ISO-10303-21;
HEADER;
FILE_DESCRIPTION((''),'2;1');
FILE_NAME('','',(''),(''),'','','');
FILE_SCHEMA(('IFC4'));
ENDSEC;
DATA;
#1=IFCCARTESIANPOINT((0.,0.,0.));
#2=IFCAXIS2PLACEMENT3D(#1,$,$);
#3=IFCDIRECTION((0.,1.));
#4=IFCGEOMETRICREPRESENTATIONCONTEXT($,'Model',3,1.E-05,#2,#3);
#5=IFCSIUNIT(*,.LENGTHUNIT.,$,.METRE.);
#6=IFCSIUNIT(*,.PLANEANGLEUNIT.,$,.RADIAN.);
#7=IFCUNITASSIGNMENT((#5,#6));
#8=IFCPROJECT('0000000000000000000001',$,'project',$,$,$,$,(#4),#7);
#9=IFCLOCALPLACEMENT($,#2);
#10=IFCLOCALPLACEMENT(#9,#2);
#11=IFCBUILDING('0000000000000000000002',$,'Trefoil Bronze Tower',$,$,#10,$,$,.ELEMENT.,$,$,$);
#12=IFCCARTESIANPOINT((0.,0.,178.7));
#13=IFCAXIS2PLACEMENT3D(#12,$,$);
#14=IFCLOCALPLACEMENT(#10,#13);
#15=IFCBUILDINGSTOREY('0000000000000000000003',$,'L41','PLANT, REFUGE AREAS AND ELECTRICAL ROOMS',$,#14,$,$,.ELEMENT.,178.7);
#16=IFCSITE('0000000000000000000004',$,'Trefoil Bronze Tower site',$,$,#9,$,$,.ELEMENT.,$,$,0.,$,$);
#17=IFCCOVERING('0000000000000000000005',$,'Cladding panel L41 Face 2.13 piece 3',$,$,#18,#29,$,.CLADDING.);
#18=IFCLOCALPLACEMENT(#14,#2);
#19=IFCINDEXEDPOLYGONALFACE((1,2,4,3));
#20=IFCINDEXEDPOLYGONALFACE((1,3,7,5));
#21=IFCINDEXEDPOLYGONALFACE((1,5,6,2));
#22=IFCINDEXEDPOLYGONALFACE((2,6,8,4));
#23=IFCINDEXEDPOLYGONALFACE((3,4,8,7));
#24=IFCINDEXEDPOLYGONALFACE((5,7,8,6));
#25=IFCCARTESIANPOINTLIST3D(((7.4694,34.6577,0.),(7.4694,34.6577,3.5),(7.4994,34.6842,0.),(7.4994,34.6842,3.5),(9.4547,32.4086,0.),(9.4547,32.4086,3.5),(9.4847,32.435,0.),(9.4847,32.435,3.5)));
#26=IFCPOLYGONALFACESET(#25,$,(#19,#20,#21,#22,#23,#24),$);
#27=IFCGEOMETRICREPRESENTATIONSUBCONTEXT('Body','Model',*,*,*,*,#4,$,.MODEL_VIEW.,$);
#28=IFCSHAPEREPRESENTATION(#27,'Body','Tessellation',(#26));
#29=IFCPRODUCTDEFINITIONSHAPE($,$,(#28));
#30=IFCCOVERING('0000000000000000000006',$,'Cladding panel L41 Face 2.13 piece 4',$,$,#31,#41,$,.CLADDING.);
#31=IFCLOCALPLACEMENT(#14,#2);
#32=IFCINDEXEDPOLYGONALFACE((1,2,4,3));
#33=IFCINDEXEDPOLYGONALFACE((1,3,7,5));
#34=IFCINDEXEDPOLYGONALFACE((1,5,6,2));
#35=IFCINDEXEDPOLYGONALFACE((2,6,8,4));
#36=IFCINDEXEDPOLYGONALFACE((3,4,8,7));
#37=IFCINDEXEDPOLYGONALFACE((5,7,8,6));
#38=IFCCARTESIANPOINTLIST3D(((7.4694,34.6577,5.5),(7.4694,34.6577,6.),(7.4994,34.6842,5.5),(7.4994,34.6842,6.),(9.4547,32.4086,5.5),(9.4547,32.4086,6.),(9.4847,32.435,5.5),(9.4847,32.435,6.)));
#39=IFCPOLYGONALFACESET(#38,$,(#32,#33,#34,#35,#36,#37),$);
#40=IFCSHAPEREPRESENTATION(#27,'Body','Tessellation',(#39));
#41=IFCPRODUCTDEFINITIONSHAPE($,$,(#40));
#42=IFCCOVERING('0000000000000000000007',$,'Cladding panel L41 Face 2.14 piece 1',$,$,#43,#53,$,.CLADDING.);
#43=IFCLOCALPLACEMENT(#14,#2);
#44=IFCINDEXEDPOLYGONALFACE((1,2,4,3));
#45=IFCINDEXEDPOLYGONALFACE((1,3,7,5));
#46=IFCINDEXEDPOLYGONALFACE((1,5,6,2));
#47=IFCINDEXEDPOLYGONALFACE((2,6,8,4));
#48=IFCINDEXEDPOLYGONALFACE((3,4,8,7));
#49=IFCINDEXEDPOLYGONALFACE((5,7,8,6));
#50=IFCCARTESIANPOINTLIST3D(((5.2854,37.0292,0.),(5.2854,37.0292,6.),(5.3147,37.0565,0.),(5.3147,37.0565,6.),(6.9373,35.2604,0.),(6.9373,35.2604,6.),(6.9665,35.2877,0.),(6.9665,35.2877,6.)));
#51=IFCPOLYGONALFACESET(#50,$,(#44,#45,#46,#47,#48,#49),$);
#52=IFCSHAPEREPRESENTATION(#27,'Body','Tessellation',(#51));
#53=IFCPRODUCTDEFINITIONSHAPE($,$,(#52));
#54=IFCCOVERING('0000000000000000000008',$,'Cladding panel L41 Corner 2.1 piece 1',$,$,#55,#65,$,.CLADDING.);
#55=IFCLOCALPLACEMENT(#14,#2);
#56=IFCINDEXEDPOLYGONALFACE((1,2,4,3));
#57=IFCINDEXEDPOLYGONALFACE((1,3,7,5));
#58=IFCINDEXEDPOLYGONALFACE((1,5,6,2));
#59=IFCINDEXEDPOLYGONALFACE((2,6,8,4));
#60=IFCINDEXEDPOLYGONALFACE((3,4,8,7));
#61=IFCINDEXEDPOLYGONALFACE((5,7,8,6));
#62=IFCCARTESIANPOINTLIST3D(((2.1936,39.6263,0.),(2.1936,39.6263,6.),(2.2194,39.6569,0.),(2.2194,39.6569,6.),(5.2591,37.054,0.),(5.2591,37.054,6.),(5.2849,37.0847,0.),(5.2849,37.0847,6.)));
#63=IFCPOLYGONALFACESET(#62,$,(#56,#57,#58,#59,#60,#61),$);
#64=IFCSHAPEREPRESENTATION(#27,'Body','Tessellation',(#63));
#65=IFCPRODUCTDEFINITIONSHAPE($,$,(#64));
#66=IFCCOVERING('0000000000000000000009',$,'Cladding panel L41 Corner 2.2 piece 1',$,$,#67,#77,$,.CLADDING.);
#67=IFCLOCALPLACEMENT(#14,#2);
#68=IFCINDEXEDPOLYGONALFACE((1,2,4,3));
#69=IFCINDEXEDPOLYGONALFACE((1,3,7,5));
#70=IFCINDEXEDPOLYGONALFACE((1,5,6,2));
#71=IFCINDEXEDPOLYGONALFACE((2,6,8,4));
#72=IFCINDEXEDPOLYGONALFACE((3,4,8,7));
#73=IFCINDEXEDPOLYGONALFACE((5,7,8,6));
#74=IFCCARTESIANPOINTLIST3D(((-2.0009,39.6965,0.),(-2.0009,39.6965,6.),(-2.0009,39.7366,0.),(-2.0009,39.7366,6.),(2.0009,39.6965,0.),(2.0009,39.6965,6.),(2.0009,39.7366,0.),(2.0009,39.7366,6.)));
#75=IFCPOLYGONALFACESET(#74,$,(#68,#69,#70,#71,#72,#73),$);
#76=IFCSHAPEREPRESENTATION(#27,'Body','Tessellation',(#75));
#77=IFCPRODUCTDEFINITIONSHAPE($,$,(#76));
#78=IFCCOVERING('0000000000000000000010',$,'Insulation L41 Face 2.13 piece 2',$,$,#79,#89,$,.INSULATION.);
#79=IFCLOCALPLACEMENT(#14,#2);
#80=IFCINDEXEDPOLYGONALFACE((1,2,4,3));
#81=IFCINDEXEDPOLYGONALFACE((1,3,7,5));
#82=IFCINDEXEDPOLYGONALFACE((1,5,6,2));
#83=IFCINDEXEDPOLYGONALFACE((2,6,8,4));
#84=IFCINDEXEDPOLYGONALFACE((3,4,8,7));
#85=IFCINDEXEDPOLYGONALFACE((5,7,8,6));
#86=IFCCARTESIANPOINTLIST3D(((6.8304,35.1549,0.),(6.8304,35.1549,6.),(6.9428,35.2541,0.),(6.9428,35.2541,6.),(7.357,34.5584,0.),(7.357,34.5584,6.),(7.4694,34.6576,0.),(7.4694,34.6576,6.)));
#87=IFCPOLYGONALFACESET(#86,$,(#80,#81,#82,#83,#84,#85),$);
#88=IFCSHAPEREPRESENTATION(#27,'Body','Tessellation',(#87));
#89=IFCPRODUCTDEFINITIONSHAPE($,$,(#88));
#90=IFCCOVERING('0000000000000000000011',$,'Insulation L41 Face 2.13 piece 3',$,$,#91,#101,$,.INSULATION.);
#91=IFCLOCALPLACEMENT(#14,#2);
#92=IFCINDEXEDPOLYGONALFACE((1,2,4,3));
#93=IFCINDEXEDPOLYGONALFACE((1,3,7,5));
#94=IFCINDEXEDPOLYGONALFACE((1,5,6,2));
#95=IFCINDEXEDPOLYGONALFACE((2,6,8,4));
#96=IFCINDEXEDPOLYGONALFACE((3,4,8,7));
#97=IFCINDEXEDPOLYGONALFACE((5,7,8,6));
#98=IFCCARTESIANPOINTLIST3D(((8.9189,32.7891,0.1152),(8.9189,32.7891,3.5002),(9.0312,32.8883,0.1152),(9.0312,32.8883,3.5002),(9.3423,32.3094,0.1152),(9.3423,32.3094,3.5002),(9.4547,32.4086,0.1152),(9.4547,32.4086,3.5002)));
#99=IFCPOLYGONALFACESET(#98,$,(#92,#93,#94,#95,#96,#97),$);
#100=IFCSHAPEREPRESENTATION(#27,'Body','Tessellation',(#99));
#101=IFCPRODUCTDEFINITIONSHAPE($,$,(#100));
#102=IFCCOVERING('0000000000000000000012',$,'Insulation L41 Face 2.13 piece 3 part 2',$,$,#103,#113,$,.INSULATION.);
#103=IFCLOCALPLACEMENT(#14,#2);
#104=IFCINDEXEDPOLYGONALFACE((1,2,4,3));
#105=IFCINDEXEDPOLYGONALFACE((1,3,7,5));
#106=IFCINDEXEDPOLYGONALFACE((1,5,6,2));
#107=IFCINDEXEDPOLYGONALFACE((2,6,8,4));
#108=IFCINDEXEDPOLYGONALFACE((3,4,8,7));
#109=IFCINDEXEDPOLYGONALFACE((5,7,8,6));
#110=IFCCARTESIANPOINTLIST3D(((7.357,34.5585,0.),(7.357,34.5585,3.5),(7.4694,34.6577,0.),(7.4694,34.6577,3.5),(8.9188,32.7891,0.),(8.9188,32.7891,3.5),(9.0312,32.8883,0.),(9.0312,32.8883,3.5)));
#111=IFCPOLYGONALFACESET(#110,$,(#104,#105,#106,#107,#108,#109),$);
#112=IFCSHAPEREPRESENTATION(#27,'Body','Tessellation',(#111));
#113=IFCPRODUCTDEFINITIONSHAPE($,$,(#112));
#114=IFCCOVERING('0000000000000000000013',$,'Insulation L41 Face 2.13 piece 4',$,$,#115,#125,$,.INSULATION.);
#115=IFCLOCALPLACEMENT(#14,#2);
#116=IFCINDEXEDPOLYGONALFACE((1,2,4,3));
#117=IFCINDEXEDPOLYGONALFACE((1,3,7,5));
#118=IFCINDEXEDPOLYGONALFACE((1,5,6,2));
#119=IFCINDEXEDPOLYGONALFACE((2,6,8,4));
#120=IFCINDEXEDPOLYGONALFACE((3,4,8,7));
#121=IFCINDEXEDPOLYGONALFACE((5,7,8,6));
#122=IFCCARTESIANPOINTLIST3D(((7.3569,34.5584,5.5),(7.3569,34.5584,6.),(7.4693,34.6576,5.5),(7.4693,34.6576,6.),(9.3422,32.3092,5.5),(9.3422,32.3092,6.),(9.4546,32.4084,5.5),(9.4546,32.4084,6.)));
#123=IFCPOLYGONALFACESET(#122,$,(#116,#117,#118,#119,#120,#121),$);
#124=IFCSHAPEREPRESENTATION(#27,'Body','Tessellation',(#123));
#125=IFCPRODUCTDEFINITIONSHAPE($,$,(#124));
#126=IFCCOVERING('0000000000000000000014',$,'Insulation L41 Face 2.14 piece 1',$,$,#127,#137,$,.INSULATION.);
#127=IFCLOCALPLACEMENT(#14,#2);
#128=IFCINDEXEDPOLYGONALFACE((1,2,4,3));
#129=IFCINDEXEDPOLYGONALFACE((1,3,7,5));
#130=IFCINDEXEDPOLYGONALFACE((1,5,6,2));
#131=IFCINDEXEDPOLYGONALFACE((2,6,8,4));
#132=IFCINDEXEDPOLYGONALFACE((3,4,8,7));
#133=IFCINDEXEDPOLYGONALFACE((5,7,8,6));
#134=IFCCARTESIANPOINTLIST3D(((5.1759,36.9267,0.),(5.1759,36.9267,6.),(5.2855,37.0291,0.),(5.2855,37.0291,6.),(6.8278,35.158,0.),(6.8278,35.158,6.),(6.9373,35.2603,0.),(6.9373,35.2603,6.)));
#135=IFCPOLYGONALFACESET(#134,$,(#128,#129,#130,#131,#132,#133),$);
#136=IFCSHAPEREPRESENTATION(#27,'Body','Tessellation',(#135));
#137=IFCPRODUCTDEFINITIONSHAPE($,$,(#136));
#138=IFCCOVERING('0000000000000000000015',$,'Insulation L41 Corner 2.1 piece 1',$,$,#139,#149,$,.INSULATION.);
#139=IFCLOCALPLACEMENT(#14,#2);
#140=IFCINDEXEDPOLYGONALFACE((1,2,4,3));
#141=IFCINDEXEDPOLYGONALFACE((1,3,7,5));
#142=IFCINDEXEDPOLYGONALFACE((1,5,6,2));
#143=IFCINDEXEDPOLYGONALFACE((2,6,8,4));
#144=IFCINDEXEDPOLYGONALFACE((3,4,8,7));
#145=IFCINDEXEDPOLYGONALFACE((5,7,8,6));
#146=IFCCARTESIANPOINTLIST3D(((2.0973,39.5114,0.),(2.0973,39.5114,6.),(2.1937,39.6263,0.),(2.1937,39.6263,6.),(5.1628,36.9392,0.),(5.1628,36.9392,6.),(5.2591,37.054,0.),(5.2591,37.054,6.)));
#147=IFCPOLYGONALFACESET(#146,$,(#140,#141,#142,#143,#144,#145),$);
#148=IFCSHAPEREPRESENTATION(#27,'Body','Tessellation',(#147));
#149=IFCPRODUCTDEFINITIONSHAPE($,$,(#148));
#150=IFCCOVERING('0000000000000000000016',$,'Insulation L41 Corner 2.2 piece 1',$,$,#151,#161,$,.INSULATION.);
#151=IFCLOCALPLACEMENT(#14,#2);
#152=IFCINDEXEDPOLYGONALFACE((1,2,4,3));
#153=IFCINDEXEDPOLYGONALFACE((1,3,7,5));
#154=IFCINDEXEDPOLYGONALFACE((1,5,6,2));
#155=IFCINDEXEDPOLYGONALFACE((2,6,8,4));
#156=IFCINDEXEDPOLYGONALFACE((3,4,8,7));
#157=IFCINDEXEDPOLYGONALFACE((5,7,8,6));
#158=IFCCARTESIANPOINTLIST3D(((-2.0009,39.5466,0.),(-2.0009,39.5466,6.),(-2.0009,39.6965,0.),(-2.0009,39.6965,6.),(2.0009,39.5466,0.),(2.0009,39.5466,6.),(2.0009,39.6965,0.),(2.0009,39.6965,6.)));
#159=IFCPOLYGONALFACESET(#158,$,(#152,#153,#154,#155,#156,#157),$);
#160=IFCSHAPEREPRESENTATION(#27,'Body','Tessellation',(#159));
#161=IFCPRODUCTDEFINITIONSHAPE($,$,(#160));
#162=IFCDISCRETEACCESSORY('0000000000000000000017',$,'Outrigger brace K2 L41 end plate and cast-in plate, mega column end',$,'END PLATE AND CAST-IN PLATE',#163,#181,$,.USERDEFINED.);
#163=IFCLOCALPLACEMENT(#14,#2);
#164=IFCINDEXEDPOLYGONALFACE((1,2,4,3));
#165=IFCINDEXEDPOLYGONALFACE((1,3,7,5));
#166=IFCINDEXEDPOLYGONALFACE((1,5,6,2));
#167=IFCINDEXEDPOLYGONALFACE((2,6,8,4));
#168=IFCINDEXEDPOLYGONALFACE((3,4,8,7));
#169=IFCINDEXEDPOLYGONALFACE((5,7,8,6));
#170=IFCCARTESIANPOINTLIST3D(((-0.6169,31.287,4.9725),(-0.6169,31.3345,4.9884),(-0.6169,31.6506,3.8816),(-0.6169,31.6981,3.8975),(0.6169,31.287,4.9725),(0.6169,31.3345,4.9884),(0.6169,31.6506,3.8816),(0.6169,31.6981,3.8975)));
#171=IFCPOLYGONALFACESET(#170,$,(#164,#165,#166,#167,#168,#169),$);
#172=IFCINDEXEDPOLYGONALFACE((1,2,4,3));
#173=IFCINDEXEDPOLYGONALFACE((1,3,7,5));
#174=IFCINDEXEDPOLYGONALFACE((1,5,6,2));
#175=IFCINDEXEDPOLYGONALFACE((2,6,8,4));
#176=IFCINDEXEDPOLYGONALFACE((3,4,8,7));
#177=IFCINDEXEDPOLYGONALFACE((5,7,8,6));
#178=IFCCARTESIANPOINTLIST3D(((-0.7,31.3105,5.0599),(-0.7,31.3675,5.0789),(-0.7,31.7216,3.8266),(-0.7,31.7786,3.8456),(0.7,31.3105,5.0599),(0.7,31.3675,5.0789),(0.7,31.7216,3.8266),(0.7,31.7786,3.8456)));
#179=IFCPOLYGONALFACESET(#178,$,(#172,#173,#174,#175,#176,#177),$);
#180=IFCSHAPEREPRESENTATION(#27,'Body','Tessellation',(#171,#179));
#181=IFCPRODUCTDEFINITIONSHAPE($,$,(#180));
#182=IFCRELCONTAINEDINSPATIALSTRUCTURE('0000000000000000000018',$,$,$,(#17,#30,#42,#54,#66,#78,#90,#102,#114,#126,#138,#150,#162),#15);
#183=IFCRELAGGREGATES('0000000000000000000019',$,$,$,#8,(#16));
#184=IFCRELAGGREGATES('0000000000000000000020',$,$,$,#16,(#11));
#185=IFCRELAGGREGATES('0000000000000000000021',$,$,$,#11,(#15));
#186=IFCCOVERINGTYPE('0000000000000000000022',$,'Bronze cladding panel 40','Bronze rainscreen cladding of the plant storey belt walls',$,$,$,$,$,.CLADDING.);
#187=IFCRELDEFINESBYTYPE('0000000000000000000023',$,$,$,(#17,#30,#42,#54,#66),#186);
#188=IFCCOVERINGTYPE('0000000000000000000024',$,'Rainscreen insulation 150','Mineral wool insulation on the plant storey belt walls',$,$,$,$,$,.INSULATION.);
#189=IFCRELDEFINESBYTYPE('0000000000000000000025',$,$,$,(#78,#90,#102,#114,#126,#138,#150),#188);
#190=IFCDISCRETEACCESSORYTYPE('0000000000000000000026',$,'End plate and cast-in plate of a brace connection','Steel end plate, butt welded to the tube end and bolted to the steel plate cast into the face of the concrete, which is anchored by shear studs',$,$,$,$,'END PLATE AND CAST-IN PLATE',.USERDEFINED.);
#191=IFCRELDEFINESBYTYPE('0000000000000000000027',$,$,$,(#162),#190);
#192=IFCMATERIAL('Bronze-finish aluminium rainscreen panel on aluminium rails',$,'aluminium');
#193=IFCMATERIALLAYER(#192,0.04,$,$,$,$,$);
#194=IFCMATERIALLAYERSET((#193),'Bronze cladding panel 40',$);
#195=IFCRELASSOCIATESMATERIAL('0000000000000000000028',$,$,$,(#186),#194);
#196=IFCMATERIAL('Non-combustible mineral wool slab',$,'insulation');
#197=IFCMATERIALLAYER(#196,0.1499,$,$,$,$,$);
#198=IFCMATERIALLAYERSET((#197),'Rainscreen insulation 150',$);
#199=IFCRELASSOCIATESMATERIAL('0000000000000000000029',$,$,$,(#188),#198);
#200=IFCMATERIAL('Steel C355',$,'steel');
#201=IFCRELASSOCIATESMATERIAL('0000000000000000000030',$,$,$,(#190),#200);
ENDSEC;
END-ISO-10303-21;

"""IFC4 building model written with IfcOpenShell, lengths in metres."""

from ifc_helpers import new_model, si_unit, direction, frame, origin, origin_2d, place, context, subcontext, project, spatial, rectangle, extrude, material, layer, layer_set, type_object, element, save


model = new_model("IFC4")

# Units and contexts
model_context = context("Model", 3, precision=1e-05, world=origin(), true_north=direction((0.0, 1.0)))
body_context = subcontext(model_context, "Body", "Model", "MODEL_VIEW")
ifc_project = project(units=[si_unit("LENGTHUNIT", "METRE"), si_unit("PLANEANGLEUNIT", "RADIAN")], contexts=[model_context])

# Site, building, storey
site_placement = place(None, origin())
site = spatial("IfcSite", under=ifc_project, at=site_placement, Name="Trefoil Bronze Tower site", CompositionType="ELEMENT", RefElevation=0.0)
building_placement = place(site_placement, origin())
building = spatial("IfcBuilding", under=site, at=building_placement, Name="Trefoil Bronze Tower", CompositionType="ELEMENT")
storey_placement = place(building_placement, frame((0.0, 0.0, 178.7)))
storey = spatial("IfcBuildingStorey", under=building, at=storey_placement, Name="L41", Description="PLANT, REFUGE AREAS AND ELECTRICAL ROOMS", CompositionType="ELEMENT", Elevation=178.7)

# Coverings
ifc_material_1 = material(Name="Bronze-finish aluminium rainscreen panel on aluminium rails", Category="aluminium")
ifc_layer_1 = layer(ifc_material_1, 0.04)
ifc_layer_set_1 = layer_set([ifc_layer_1], Name="Bronze cladding panel 40")
covering_type_1 = type_object("IfcCoveringType", Name="Bronze cladding panel 40", Description="Bronze rainscreen cladding of the plant storey belt walls", PredefinedType="CLADDING", material=ifc_layer_set_1)
covering_1_placement = place(storey_placement, frame((8.4771, 33.5464, 0.0), z_axis=(0.0, 0.0, 1.0), x_axis=(-0.661751, 0.749723, 0.0)))
element("IfcCovering", 1, at=covering_1_placement, inside=storey, type_object=covering_type_1, Name="Cladding panel L41 Face 2.13 piece 3", PredefinedType="CLADDING", context=body_context, shape_type="SweptSolid", body=[
    extrude(rectangle(XDim=3.0, YDim=0.04, at=origin_2d()), origin(), (0.0, 0.0, 1.0), 3.5),
])
covering_2_placement = place(storey_placement, frame((8.4771, 33.5464, 5.5), z_axis=(0.0, 0.0, 1.0), x_axis=(-0.661751, 0.749723, 0.0)))
element("IfcCovering", 2, at=covering_2_placement, inside=storey, type_object=covering_type_1, Name="Cladding panel L41 Face 2.13 piece 4", PredefinedType="CLADDING", context=body_context, shape_type="SweptSolid", body=[
    extrude(rectangle(XDim=3.0, YDim=0.04, at=origin_2d()), origin(), (0.0, 0.0, 1.0), 0.5),
])
covering_3_placement = place(storey_placement, frame((6.126, 36.1584, 0.0), z_axis=(0.0, 0.0, 1.0), x_axis=(-0.682536, 0.730852, 0.0)))
element("IfcCovering", 3, at=covering_3_placement, inside=storey, type_object=covering_type_1, Name="Cladding panel L41 Face 2.14 piece 1", PredefinedType="CLADDING", context=body_context, shape_type="SweptSolid", body=[
    extrude(rectangle(XDim=2.4202, YDim=0.04, at=origin_2d()), origin(), (0.0, 0.0, 1.0), 6.0),
])
for number, where, z_axis, x_axis, name in (
    (4, (3.7393, 38.3555, 0.0), (0.0, 0.0, 1.0), (-0.766044, 0.642788, 0.0), "Cladding panel L41 Corner 2.1 piece 1"),
    (5, (0.0, 39.7166, 0.0), (0.0, 0.0, 1.0), (-1.0, 0.0, 0.0), "Cladding panel L41 Corner 2.2 piece 1"),
):
    element("IfcCovering", number, at=place(storey_placement, frame(where, z_axis=z_axis, x_axis=x_axis)), inside=storey, type_object=covering_type_1, Name=name, PredefinedType="CLADDING", context=body_context, shape_type="SweptSolid", body=[
        extrude(rectangle(XDim=4.0017, YDim=0.04, at=origin_2d()), origin(), (0.0, 0.0, 1.0), 6.0),
    ])
ifc_material_2 = material(Name="Non-combustible mineral wool slab", Category="insulation")
ifc_layer_2 = layer(ifc_material_2, 0.1499)
ifc_layer_set_2 = layer_set([ifc_layer_2], Name="Rainscreen insulation 150")
covering_type_2 = type_object("IfcCoveringType", Name="Rainscreen insulation 150", Description="Mineral wool insulation on the plant storey belt walls", PredefinedType="INSULATION", material=ifc_layer_set_2)
covering_4_placement = place(storey_placement, frame((7.1499, 34.9062, 0.0), z_axis=(0.0, 0.0, 1.0), x_axis=(-0.661751, 0.749723, 0.0)))
element("IfcCovering", 6, at=covering_4_placement, inside=storey, type_object=covering_type_2, Name="Insulation L41 Face 2.13 piece 2", PredefinedType="INSULATION", context=body_context, shape_type="SweptSolid", body=[
    extrude(rectangle(XDim=0.7957, YDim=0.1499, at=origin_2d()), origin(), (0.0, 0.0, 1.0), 6.0),
])
covering_5_placement = place(storey_placement, frame((9.1868, 32.5989, 0.1152), z_axis=(0.0, 0.0, 1.0), x_axis=(-0.661751, 0.749723, 0.0)))
element("IfcCovering", 7, at=covering_5_placement, inside=storey, type_object=covering_type_2, Name="Insulation L41 Face 2.13 piece 3", PredefinedType="INSULATION", context=body_context, shape_type="SweptSolid", body=[
    extrude(rectangle(XDim=0.6399, YDim=0.1499, at=origin_2d()), origin(), (0.0, 0.0, 1.0), 3.385),
])
covering_6_placement = place(storey_placement, frame((8.1941, 33.7234, 0.0), z_axis=(0.0, 0.0, 1.0), x_axis=(-0.661751, 0.749723, 0.0)))
element("IfcCovering", 8, at=covering_6_placement, inside=storey, type_object=covering_type_2, Name="Insulation L41 Face 2.13 piece 3 part 2", PredefinedType="INSULATION", context=body_context, shape_type="SweptSolid", body=[
    extrude(rectangle(XDim=2.3601, YDim=0.1499, at=origin_2d()), origin(), (0.0, 0.0, 1.0), 3.5),
])
covering_7_placement = place(storey_placement, frame((8.4058, 33.4834, 5.5), z_axis=(0.0, 0.0, 1.0), x_axis=(-0.661751, 0.749723, 0.0)))
element("IfcCovering", 9, at=covering_7_placement, inside=storey, type_object=covering_type_2, Name="Insulation L41 Face 2.13 piece 4", PredefinedType="INSULATION", context=body_context, shape_type="SweptSolid", body=[
    extrude(rectangle(XDim=3.0, YDim=0.1499, at=origin_2d()), origin(), (0.0, 0.0, 1.0), 0.5),
])
covering_8_placement = place(storey_placement, frame((6.0566, 36.0935, 0.0), z_axis=(0.0, 0.0, 1.0), x_axis=(-0.682536, 0.730852, 0.0)))
element("IfcCovering", 10, at=covering_8_placement, inside=storey, type_object=covering_type_2, Name="Insulation L41 Face 2.14 piece 1", PredefinedType="INSULATION", context=body_context, shape_type="SweptSolid", body=[
    extrude(rectangle(XDim=2.4202, YDim=0.1499, at=origin_2d()), origin(), (0.0, 0.0, 1.0), 6.0),
])
for number, where, z_axis, x_axis, name in (
    (11, (3.6782, 38.2827, 0.0), (0.0, 0.0, 1.0), (-0.766044, 0.642788, 0.0), "Insulation L41 Corner 2.1 piece 1"),
    (12, (0.0, 39.6216, 0.0), (0.0, 0.0, 1.0), (-1.0, 0.0, 0.0), "Insulation L41 Corner 2.2 piece 1"),
):
    element("IfcCovering", number, at=place(storey_placement, frame(where, z_axis=z_axis, x_axis=x_axis)), inside=storey, type_object=covering_type_2, Name=name, PredefinedType="INSULATION", context=body_context, shape_type="SweptSolid", body=[
        extrude(rectangle(XDim=4.0017, YDim=0.1499, at=origin_2d()), origin(), (0.0, 0.0, 1.0), 6.0),
    ])

# Discrete accessory
ifc_material_3 = material(Name="Steel C355", Category="steel")
discrete_accessory_type = type_object("IfcDiscreteAccessoryType", Name="End plate and cast-in plate of a brace connection", Description="Steel end plate, butt welded to the tube end and bolted to the steel plate cast into the face of the concrete, which is anchored by shear studs", ElementType="END PLATE AND CAST-IN PLATE", PredefinedType="USERDEFINED", material=ifc_material_3)
discrete_accessory_placement = place(storey_placement, frame((0.0, 31.5161, 4.4431), z_axis=(0.0, -0.316228, 0.948683), x_axis=(0.0, -0.948683, -0.316228)))
element("IfcDiscreteAccessory", 13, at=discrete_accessory_placement, inside=storey, type_object=discrete_accessory_type, Name="Outrigger brace K2 L41 end plate and cast-in plate, mega column end", ObjectType="END PLATE AND CAST-IN PLATE", PredefinedType="USERDEFINED", context=body_context, shape_type="SweptSolid", body=[
    extrude(rectangle(XDim=0.05, YDim=1.2339, at=origin_2d()), frame((0.0249, 0.0, -0.5752)), (0.0, 0.0, 1.0), 1.1499),
    extrude(rectangle(XDim=0.0601, YDim=1.3999, at=origin_2d()), frame((-0.03, 0.0, -0.6499)), (0.0, 0.0, 1.0), 1.3),
])

save(model, "model.ifc")
